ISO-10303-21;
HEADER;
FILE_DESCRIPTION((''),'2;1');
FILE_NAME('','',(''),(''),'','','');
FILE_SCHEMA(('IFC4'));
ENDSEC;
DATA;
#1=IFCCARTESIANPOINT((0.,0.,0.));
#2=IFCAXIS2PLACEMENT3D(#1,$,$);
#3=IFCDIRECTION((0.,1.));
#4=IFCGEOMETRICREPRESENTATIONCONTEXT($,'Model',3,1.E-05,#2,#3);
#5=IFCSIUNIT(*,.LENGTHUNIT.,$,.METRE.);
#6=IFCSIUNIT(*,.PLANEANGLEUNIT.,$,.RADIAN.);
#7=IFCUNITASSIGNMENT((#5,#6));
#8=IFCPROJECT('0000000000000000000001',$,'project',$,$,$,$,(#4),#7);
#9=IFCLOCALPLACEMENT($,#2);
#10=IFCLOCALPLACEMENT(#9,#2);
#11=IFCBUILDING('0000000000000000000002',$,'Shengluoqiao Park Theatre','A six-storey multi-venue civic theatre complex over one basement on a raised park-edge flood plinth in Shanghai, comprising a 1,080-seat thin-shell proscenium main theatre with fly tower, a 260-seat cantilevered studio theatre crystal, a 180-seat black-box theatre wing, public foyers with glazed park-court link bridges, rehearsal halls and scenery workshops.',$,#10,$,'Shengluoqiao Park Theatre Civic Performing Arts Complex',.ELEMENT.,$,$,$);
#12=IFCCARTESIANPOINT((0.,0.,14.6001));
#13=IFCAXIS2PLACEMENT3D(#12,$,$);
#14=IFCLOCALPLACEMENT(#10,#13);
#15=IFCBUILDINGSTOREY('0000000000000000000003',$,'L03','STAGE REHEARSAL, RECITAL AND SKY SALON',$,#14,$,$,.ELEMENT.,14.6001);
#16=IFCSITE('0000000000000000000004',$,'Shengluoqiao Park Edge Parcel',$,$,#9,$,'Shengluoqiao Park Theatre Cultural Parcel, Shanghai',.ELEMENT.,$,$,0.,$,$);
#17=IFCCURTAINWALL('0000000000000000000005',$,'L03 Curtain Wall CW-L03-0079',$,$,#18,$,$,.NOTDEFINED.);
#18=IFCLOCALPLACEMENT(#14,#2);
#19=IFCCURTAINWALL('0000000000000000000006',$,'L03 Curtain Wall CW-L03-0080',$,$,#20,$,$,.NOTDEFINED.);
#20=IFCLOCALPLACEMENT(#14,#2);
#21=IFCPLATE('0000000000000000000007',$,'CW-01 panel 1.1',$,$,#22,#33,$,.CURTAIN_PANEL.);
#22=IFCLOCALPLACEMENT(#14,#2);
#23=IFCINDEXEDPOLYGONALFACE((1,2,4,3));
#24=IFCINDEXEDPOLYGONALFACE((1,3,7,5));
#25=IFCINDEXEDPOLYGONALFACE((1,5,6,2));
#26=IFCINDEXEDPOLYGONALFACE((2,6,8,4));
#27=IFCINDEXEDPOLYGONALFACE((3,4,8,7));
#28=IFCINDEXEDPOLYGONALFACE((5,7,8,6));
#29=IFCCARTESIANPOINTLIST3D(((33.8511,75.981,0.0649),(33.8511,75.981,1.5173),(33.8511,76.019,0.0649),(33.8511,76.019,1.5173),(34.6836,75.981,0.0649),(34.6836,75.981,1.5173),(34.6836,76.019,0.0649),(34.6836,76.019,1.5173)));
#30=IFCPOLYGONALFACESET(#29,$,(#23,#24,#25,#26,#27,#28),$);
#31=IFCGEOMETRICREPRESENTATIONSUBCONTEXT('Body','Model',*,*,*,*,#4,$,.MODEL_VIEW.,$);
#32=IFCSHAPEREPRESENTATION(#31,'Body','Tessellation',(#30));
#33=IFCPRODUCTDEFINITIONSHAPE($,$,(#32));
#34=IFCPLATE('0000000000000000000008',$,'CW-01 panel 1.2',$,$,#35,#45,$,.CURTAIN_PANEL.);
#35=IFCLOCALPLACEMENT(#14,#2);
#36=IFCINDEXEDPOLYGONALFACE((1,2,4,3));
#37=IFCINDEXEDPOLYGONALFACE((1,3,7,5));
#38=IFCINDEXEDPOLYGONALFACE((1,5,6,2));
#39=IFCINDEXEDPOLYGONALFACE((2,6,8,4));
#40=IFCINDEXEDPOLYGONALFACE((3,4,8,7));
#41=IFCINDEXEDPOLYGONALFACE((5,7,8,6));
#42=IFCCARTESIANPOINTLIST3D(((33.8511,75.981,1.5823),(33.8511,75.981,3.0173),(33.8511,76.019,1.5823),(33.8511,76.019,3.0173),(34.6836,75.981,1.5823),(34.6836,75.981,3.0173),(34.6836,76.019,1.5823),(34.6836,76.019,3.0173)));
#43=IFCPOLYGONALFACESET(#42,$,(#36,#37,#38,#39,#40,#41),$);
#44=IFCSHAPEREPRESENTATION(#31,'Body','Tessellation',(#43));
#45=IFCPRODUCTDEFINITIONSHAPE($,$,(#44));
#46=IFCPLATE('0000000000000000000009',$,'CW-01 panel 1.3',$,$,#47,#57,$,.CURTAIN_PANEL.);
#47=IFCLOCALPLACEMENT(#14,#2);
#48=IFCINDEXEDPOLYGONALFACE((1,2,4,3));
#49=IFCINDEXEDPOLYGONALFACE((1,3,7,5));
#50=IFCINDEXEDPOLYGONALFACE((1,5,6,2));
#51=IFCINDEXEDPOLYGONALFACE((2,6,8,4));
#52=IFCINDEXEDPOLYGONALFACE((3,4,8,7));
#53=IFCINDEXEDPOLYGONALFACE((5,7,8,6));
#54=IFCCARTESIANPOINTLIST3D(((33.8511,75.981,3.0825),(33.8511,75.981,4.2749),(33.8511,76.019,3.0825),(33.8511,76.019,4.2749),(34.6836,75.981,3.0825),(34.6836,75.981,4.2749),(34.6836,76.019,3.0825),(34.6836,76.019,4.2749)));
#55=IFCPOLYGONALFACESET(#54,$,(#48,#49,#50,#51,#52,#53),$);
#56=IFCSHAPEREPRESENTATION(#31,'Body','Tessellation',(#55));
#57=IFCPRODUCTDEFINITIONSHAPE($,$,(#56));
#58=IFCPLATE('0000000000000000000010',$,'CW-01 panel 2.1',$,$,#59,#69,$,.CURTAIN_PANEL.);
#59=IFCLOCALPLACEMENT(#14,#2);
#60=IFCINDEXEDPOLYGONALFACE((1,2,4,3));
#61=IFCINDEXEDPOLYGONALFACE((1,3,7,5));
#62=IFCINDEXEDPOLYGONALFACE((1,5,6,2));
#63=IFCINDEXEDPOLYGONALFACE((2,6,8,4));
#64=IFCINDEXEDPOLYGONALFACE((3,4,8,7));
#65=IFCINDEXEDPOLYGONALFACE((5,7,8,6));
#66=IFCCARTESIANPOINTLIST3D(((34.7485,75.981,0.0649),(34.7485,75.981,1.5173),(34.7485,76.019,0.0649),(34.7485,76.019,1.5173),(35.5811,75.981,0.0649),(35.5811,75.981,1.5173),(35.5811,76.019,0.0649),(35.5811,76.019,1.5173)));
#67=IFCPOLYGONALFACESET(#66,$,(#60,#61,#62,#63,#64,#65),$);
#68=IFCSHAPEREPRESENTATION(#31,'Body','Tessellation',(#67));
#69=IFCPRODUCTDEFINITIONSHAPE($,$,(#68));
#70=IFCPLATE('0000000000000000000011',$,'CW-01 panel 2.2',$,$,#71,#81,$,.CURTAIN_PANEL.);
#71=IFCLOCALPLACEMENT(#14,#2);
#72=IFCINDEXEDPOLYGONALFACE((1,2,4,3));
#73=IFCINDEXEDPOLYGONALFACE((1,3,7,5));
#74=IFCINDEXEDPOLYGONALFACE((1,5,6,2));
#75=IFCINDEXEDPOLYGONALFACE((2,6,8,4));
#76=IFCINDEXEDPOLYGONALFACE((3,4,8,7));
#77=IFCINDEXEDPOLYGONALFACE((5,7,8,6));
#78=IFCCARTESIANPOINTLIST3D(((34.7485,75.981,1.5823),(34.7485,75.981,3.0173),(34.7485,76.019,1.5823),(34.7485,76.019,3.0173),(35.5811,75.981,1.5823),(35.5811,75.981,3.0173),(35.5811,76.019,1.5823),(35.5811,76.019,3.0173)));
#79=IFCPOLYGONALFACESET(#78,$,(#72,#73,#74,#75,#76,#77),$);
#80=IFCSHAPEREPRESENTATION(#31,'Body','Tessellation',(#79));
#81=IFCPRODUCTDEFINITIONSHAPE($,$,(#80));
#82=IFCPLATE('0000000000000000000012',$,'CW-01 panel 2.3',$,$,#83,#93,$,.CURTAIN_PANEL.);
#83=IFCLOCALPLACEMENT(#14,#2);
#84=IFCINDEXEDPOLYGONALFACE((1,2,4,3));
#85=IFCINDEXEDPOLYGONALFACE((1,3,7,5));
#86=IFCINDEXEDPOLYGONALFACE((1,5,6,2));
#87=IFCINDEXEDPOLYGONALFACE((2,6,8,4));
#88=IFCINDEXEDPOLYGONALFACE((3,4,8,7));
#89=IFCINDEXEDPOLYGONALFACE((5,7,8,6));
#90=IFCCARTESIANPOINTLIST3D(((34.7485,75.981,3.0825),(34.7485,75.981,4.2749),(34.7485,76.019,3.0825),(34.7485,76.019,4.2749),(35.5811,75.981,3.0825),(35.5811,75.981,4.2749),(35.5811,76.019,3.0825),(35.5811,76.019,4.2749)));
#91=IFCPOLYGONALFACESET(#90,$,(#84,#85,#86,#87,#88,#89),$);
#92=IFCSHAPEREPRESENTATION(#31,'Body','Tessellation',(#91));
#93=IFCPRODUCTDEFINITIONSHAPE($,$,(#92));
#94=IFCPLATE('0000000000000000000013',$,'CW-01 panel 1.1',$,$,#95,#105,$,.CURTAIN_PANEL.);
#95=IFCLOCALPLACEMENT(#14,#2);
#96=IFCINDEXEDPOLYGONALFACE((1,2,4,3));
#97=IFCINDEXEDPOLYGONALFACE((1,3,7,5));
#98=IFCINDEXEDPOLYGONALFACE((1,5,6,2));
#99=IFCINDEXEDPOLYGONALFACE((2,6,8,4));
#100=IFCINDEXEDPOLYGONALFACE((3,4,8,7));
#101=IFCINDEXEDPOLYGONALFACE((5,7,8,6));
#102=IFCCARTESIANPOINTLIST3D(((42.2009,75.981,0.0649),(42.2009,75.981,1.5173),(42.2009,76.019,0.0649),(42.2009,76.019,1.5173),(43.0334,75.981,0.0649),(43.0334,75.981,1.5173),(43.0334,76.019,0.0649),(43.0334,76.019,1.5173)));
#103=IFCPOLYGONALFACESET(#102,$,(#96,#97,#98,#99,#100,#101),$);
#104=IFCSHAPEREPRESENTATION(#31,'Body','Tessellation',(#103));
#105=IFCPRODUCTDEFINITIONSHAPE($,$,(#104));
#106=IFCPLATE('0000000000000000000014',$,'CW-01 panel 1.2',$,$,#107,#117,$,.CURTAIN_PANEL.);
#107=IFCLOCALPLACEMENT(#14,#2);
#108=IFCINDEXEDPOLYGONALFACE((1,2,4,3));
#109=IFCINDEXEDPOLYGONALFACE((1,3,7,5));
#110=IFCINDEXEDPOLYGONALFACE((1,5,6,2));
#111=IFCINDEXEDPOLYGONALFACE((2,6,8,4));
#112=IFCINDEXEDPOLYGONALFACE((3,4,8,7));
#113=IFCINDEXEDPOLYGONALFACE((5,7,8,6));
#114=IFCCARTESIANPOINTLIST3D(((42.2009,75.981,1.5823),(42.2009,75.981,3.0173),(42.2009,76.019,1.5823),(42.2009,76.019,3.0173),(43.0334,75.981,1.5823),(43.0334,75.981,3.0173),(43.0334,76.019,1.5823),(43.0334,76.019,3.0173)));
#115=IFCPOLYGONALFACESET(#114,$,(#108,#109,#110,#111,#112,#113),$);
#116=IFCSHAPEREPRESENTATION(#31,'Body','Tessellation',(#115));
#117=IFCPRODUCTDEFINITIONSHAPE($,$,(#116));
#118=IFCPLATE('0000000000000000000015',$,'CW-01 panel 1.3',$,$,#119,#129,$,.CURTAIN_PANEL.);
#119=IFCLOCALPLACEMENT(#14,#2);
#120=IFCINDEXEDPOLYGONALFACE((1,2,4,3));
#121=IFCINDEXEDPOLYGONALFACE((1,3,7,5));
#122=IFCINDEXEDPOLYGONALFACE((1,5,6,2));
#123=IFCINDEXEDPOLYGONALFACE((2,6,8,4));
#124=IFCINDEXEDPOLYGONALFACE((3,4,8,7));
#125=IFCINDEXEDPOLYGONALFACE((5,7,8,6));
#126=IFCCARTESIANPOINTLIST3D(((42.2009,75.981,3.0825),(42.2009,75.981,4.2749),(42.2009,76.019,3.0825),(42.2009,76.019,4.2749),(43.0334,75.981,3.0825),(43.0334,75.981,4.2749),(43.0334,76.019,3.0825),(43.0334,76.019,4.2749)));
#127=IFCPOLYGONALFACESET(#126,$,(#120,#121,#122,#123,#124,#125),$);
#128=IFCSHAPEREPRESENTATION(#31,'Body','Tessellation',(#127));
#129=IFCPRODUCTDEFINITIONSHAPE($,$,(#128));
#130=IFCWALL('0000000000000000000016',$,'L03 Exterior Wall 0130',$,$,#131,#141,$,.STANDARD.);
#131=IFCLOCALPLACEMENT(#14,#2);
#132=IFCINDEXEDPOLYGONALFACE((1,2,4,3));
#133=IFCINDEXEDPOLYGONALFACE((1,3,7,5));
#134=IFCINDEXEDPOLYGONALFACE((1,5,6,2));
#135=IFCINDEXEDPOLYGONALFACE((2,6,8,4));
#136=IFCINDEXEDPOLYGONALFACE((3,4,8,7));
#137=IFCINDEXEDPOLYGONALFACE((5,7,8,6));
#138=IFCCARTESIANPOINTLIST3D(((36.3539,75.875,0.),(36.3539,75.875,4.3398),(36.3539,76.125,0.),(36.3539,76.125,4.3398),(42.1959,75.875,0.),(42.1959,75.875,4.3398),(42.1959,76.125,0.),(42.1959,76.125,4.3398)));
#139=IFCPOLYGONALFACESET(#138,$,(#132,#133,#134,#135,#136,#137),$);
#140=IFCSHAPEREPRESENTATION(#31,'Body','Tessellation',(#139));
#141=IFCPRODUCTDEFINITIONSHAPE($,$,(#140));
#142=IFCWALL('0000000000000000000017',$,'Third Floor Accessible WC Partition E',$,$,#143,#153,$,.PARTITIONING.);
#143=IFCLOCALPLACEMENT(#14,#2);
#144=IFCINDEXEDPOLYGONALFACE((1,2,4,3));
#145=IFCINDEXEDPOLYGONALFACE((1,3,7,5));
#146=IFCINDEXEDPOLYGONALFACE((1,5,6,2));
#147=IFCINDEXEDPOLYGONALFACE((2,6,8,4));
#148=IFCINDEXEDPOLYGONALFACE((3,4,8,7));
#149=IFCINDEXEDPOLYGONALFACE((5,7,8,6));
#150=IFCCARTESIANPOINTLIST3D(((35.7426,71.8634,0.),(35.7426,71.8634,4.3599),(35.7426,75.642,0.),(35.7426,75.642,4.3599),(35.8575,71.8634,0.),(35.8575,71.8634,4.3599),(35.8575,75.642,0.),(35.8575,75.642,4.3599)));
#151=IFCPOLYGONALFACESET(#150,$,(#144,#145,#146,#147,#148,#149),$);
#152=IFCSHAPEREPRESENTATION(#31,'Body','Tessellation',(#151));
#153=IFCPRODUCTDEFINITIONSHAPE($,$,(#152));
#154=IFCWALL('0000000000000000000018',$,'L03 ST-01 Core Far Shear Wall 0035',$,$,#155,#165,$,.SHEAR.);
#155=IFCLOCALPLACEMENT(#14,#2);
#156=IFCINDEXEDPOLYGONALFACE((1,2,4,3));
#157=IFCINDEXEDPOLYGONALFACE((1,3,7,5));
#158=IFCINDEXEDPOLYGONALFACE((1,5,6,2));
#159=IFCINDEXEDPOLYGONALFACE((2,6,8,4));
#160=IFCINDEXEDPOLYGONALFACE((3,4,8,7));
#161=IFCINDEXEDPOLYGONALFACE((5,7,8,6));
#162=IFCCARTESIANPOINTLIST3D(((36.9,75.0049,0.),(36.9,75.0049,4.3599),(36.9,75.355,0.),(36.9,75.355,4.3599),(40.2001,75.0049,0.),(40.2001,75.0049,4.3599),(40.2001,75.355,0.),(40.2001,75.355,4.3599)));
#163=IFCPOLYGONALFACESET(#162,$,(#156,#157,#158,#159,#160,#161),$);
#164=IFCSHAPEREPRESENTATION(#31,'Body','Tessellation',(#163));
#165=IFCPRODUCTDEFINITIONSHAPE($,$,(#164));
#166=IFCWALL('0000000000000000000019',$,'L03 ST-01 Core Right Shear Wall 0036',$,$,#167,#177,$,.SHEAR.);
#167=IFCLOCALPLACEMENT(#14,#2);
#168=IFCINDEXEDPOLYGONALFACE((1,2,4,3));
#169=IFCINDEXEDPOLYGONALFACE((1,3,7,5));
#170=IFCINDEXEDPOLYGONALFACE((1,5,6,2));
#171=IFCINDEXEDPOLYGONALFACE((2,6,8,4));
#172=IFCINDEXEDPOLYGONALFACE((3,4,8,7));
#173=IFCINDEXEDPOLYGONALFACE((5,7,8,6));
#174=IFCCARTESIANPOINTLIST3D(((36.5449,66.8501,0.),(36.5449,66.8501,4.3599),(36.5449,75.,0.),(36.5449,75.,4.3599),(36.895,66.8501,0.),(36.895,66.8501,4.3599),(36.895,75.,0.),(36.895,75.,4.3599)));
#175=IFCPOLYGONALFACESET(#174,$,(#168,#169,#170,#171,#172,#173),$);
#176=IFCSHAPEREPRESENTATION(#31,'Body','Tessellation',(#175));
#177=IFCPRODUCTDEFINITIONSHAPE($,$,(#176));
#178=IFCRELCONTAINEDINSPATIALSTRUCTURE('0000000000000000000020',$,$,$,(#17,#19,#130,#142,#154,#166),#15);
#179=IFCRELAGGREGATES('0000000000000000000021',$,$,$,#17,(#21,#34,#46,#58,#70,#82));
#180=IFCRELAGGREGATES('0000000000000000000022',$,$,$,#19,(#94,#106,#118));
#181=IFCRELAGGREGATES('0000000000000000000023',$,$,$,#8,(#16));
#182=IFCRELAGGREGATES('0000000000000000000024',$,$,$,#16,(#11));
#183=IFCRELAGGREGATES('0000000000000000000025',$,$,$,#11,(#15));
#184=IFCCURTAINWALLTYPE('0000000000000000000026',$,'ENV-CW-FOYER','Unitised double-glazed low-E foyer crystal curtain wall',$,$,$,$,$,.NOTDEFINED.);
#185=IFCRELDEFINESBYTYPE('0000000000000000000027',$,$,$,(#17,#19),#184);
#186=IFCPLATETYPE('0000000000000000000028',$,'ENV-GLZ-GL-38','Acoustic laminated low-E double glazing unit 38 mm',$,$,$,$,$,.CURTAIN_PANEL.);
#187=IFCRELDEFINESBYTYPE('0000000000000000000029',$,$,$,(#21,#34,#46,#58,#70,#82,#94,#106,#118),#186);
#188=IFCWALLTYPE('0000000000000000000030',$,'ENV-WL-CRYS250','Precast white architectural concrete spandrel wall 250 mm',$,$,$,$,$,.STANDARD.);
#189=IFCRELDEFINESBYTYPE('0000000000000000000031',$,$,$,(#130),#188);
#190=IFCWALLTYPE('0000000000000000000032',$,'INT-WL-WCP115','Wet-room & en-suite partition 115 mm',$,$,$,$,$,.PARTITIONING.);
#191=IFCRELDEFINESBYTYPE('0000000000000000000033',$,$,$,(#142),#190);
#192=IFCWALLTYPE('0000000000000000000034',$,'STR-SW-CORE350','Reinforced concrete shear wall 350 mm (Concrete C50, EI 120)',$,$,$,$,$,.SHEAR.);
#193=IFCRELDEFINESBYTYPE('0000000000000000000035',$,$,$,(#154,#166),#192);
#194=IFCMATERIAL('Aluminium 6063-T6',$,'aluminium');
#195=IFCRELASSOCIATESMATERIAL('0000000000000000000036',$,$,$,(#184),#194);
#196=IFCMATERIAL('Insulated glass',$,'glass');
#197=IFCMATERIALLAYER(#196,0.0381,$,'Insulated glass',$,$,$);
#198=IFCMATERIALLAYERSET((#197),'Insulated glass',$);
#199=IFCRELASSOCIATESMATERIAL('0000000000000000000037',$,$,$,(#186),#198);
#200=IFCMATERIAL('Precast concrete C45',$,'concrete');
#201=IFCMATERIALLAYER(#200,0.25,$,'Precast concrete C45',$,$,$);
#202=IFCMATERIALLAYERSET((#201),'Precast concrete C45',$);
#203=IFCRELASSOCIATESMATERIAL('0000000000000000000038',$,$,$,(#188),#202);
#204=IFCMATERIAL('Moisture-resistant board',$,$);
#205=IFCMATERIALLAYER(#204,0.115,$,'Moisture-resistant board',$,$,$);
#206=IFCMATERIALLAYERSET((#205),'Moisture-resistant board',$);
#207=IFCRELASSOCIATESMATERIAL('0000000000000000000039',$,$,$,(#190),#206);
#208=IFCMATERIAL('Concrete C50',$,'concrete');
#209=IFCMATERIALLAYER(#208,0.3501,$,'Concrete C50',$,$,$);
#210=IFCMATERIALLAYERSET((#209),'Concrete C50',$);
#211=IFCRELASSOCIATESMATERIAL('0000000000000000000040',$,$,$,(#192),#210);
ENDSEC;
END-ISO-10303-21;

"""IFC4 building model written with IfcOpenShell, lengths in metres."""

from ifc_helpers import new_model, si_unit, direction, frame, frame_2d, origin, origin_2d, place, context, subcontext, project, spatial, rectangle, extrude, material, layer, layer_set, type_object, element, aggregate, save


model = new_model("IFC4")

# Units and contexts
model_context = context("Model", 3, precision=1e-05, world=origin(), true_north=direction((0.0, 1.0)))
body_context = subcontext(model_context, "Body", "Model", "MODEL_VIEW")
ifc_project = project(units=[si_unit("LENGTHUNIT", "METRE"), si_unit("PLANEANGLEUNIT", "RADIAN")], contexts=[model_context])

# Site, building, storey
site_placement = place(None, origin())
site = spatial("IfcSite", under=ifc_project, at=site_placement, Name="Shengluoqiao Park Edge Parcel", LongName="Shengluoqiao Park Theatre Cultural Parcel, Shanghai", CompositionType="ELEMENT", RefElevation=0.0)
building_placement = place(site_placement, origin())
building = spatial("IfcBuilding", under=site, at=building_placement, Name="Shengluoqiao Park Theatre", Description="A six-storey multi-venue civic theatre complex over one basement on a raised park-edge flood plinth in Shanghai, comprising a 1,080-seat thin-shell proscenium main theatre with fly tower, a 260-seat cantilevered studio theatre crystal, a 180-seat black-box theatre wing, public foyers with glazed park-court link bridges, rehearsal halls and scenery workshops.", LongName="Shengluoqiao Park Theatre Civic Performing Arts Complex", CompositionType="ELEMENT")
storey_placement = place(building_placement, frame((0.0, 0.0, 14.6001)))
storey = spatial("IfcBuildingStorey", under=building, at=storey_placement, Name="L03", Description="STAGE REHEARSAL, RECITAL AND SKY SALON", CompositionType="ELEMENT", Elevation=14.6001)

# Shared definitions
ifc_material_1 = material(Name="Concrete C50", Category="concrete")

# Curtain wall
ifc_material_2 = material(Name="Aluminium 6063-T6", Category="aluminium")
curtain_wall_type = type_object("IfcCurtainWallType", Name="ENV-CW-FOYER", Description="Unitised double-glazed low-E foyer crystal curtain wall", PredefinedType="NOTDEFINED", material=ifc_material_2)
curtain_wall_1_placement = place(storey_placement, origin())
curtain_wall_1 = element("IfcCurtainWall", 1, at=curtain_wall_1_placement, inside=storey, type_object=curtain_wall_type, Name="L03 Curtain Wall CW-L03-0079", PredefinedType="NOTDEFINED")

# Curtain wall
curtain_wall_2_placement = place(storey_placement, origin())
curtain_wall_2 = element("IfcCurtainWall", 2, at=curtain_wall_2_placement, inside=storey, type_object=curtain_wall_type, Name="L03 Curtain Wall CW-L03-0080", PredefinedType="NOTDEFINED")

# Plates
ifc_material_3 = material(Name="Insulated glass", Category="glass")
ifc_layer_1 = layer(ifc_material_3, 0.0381, Name="Insulated glass")
ifc_layer_set_1 = layer_set([ifc_layer_1], Name="Insulated glass")
plate_type = type_object("IfcPlateType", Name="ENV-GLZ-GL-38", Description="Acoustic laminated low-E double glazing unit 38 mm", PredefinedType="CURTAIN_PANEL", material=ifc_layer_set_1)
plate_1_placement = place(storey_placement, frame((34.2673, 76.0, 0.0649), z_axis=(0.0, 0.0, 1.0), x_axis=(1.0, 0.0, 0.0)))
plate_1 = element("IfcPlate", 3, at=plate_1_placement, type_object=plate_type, Name="CW-01 panel 1.1", PredefinedType="CURTAIN_PANEL", context=body_context, shape_type="SweptSolid", body=[
    extrude(rectangle(XDim=0.8325, YDim=0.0381, at=origin_2d()), origin(), (0.0, 0.0, 1.0), 1.4524),
])
plate_2_placement = place(storey_placement, frame((34.2673, 76.0, 1.5823), z_axis=(0.0, 0.0, 1.0), x_axis=(1.0, 0.0, 0.0)))
plate_2 = element("IfcPlate", 4, at=plate_2_placement, type_object=plate_type, Name="CW-01 panel 1.2", PredefinedType="CURTAIN_PANEL", context=body_context, shape_type="SweptSolid", body=[
    extrude(rectangle(XDim=0.8325, YDim=0.0381, at=origin_2d()), origin(), (0.0, 0.0, 1.0), 1.4351),
])
plate_3_placement = place(storey_placement, frame((34.2673, 76.0, 3.0825), z_axis=(0.0, 0.0, 1.0), x_axis=(1.0, 0.0, 0.0)))
plate_3 = element("IfcPlate", 5, at=plate_3_placement, type_object=plate_type, Name="CW-01 panel 1.3", PredefinedType="CURTAIN_PANEL", context=body_context, shape_type="SweptSolid", body=[
    extrude(rectangle(XDim=0.8325, YDim=0.0381, at=origin_2d()), origin(), (0.0, 0.0, 1.0), 1.1924),
])
plate_4_placement = place(storey_placement, frame((35.1648, 76.0, 0.0649), z_axis=(0.0, 0.0, 1.0), x_axis=(1.0, 0.0, 0.0)))
plate_4 = element("IfcPlate", 6, at=plate_4_placement, type_object=plate_type, Name="CW-01 panel 2.1", PredefinedType="CURTAIN_PANEL", context=body_context, shape_type="SweptSolid", body=[
    extrude(rectangle(XDim=0.8325, YDim=0.0381, at=origin_2d()), origin(), (0.0, 0.0, 1.0), 1.4524),
])
plate_5_placement = place(storey_placement, frame((35.1648, 76.0, 1.5823), z_axis=(0.0, 0.0, 1.0), x_axis=(1.0, 0.0, 0.0)))
plate_5 = element("IfcPlate", 7, at=plate_5_placement, type_object=plate_type, Name="CW-01 panel 2.2", PredefinedType="CURTAIN_PANEL", context=body_context, shape_type="SweptSolid", body=[
    extrude(rectangle(XDim=0.8325, YDim=0.0381, at=origin_2d()), origin(), (0.0, 0.0, 1.0), 1.4351),
])
plate_6_placement = place(storey_placement, frame((35.1648, 76.0, 3.0825), z_axis=(0.0, 0.0, 1.0), x_axis=(1.0, 0.0, 0.0)))
plate_6 = element("IfcPlate", 8, at=plate_6_placement, type_object=plate_type, Name="CW-01 panel 2.3", PredefinedType="CURTAIN_PANEL", context=body_context, shape_type="SweptSolid", body=[
    extrude(rectangle(XDim=0.8325, YDim=0.0381, at=origin_2d()), origin(), (0.0, 0.0, 1.0), 1.1924),
])
aggregate(curtain_wall_1, [plate_1, plate_2, plate_3, plate_4, plate_5, plate_6])
plate_7_placement = place(storey_placement, frame((42.6172, 76.0, 0.0649), z_axis=(0.0, 0.0, 1.0), x_axis=(1.0, 0.0, 0.0)))
plate_7 = element("IfcPlate", 9, at=plate_7_placement, type_object=plate_type, Name="CW-01 panel 1.1", PredefinedType="CURTAIN_PANEL", context=body_context, shape_type="SweptSolid", body=[
    extrude(rectangle(XDim=0.8325, YDim=0.0381, at=origin_2d()), origin(), (0.0, 0.0, 1.0), 1.4524),
])
plate_8_placement = place(storey_placement, frame((42.6172, 76.0, 1.5823), z_axis=(0.0, 0.0, 1.0), x_axis=(1.0, 0.0, 0.0)))
plate_8 = element("IfcPlate", 10, at=plate_8_placement, type_object=plate_type, Name="CW-01 panel 1.2", PredefinedType="CURTAIN_PANEL", context=body_context, shape_type="SweptSolid", body=[
    extrude(rectangle(XDim=0.8325, YDim=0.0381, at=origin_2d()), origin(), (0.0, 0.0, 1.0), 1.4351),
])
plate_9_placement = place(storey_placement, frame((42.6172, 76.0, 3.0825), z_axis=(0.0, 0.0, 1.0), x_axis=(1.0, 0.0, 0.0)))
plate_9 = element("IfcPlate", 11, at=plate_9_placement, type_object=plate_type, Name="CW-01 panel 1.3", PredefinedType="CURTAIN_PANEL", context=body_context, shape_type="SweptSolid", body=[
    extrude(rectangle(XDim=0.8325, YDim=0.0381, at=origin_2d()), origin(), (0.0, 0.0, 1.0), 1.1924),
])
aggregate(curtain_wall_2, [plate_7, plate_8, plate_9])

# Walls
ifc_material_4 = material(Name="Precast concrete C45", Category="concrete")
ifc_layer_2 = layer(ifc_material_4, 0.25, Name="Precast concrete C45")
ifc_layer_set_2 = layer_set([ifc_layer_2], Name="Precast concrete C45")
wall_type_1 = type_object("IfcWallType", Name="ENV-WL-CRYS250", Description="Precast white architectural concrete spandrel wall 250 mm", PredefinedType="STANDARD", material=ifc_layer_set_2)
wall_1_placement = place(storey_placement, frame((36.354, 76.0, 0.0), z_axis=(0.0, 0.0, 1.0), x_axis=(1.0, 0.0, 0.0)))
element("IfcWall", 12, at=wall_1_placement, inside=storey, type_object=wall_type_1, Name="L03 Exterior Wall 0130", PredefinedType="STANDARD", context=body_context, shape_type="SweptSolid", body=[
    extrude(rectangle(XDim=5.842, YDim=0.25, at=frame_2d((2.9209, 0.0))), origin(), (0.0, 0.0, 1.0), 4.3398),
])
ifc_material_5 = material(Name="Moisture-resistant board")
ifc_layer_3 = layer(ifc_material_5, 0.115, Name="Moisture-resistant board")
ifc_layer_set_3 = layer_set([ifc_layer_3], Name="Moisture-resistant board")
wall_type_2 = type_object("IfcWallType", Name="INT-WL-WCP115", Description="Wet-room & en-suite partition 115 mm", PredefinedType="PARTITIONING", material=ifc_layer_set_3)
wall_2_placement = place(storey_placement, frame((35.8, 71.8635, 0.0), z_axis=(0.0, 0.0, 1.0), x_axis=(0.0, 1.0, 0.0)))
element("IfcWall", 13, at=wall_2_placement, inside=storey, type_object=wall_type_2, Name="Third Floor Accessible WC Partition E", PredefinedType="PARTITIONING", context=body_context, shape_type="SweptSolid", body=[
    extrude(rectangle(XDim=3.7786, YDim=0.115, at=frame_2d((1.8892, 0.0))), origin(), (0.0, 0.0, 1.0), 4.3599),
])
ifc_layer_4 = layer(ifc_material_1, 0.3501, Name="Concrete C50")
ifc_layer_set_4 = layer_set([ifc_layer_4], Name="Concrete C50")
wall_type_3 = type_object("IfcWallType", Name="STR-SW-CORE350", Description="Reinforced concrete shear wall 350 mm (Concrete C50, EI 120)", PredefinedType="SHEAR", material=ifc_layer_set_4)
wall_3_placement = place(storey_placement, frame((40.2, 75.1799, 0.0), z_axis=(0.0, 0.0, 1.0), x_axis=(-1.0, 0.0, 0.0)))
element("IfcWall", 14, at=wall_3_placement, inside=storey, type_object=wall_type_3, Name="L03 ST-01 Core Far Shear Wall 0035", PredefinedType="SHEAR", context=body_context, shape_type="SweptSolid", body=[
    extrude(rectangle(XDim=3.3, YDim=0.3501, at=frame_2d((1.6499, 0.0))), origin(), (0.0, 0.0, 1.0), 4.3599),
])
wall_4_placement = place(storey_placement, frame((36.72, 75.0, 0.0), z_axis=(0.0, 0.0, 1.0), x_axis=(0.0, -1.0, 0.0)))
element("IfcWall", 15, at=wall_4_placement, inside=storey, type_object=wall_type_3, Name="L03 ST-01 Core Right Shear Wall 0036", PredefinedType="SHEAR", context=body_context, shape_type="SweptSolid", body=[
    extrude(rectangle(XDim=8.1499, YDim=0.3501, at=frame_2d((4.075, 0.0))), origin(), (0.0, 0.0, 1.0), 4.3599),
])

save(model, "model.ifc")
